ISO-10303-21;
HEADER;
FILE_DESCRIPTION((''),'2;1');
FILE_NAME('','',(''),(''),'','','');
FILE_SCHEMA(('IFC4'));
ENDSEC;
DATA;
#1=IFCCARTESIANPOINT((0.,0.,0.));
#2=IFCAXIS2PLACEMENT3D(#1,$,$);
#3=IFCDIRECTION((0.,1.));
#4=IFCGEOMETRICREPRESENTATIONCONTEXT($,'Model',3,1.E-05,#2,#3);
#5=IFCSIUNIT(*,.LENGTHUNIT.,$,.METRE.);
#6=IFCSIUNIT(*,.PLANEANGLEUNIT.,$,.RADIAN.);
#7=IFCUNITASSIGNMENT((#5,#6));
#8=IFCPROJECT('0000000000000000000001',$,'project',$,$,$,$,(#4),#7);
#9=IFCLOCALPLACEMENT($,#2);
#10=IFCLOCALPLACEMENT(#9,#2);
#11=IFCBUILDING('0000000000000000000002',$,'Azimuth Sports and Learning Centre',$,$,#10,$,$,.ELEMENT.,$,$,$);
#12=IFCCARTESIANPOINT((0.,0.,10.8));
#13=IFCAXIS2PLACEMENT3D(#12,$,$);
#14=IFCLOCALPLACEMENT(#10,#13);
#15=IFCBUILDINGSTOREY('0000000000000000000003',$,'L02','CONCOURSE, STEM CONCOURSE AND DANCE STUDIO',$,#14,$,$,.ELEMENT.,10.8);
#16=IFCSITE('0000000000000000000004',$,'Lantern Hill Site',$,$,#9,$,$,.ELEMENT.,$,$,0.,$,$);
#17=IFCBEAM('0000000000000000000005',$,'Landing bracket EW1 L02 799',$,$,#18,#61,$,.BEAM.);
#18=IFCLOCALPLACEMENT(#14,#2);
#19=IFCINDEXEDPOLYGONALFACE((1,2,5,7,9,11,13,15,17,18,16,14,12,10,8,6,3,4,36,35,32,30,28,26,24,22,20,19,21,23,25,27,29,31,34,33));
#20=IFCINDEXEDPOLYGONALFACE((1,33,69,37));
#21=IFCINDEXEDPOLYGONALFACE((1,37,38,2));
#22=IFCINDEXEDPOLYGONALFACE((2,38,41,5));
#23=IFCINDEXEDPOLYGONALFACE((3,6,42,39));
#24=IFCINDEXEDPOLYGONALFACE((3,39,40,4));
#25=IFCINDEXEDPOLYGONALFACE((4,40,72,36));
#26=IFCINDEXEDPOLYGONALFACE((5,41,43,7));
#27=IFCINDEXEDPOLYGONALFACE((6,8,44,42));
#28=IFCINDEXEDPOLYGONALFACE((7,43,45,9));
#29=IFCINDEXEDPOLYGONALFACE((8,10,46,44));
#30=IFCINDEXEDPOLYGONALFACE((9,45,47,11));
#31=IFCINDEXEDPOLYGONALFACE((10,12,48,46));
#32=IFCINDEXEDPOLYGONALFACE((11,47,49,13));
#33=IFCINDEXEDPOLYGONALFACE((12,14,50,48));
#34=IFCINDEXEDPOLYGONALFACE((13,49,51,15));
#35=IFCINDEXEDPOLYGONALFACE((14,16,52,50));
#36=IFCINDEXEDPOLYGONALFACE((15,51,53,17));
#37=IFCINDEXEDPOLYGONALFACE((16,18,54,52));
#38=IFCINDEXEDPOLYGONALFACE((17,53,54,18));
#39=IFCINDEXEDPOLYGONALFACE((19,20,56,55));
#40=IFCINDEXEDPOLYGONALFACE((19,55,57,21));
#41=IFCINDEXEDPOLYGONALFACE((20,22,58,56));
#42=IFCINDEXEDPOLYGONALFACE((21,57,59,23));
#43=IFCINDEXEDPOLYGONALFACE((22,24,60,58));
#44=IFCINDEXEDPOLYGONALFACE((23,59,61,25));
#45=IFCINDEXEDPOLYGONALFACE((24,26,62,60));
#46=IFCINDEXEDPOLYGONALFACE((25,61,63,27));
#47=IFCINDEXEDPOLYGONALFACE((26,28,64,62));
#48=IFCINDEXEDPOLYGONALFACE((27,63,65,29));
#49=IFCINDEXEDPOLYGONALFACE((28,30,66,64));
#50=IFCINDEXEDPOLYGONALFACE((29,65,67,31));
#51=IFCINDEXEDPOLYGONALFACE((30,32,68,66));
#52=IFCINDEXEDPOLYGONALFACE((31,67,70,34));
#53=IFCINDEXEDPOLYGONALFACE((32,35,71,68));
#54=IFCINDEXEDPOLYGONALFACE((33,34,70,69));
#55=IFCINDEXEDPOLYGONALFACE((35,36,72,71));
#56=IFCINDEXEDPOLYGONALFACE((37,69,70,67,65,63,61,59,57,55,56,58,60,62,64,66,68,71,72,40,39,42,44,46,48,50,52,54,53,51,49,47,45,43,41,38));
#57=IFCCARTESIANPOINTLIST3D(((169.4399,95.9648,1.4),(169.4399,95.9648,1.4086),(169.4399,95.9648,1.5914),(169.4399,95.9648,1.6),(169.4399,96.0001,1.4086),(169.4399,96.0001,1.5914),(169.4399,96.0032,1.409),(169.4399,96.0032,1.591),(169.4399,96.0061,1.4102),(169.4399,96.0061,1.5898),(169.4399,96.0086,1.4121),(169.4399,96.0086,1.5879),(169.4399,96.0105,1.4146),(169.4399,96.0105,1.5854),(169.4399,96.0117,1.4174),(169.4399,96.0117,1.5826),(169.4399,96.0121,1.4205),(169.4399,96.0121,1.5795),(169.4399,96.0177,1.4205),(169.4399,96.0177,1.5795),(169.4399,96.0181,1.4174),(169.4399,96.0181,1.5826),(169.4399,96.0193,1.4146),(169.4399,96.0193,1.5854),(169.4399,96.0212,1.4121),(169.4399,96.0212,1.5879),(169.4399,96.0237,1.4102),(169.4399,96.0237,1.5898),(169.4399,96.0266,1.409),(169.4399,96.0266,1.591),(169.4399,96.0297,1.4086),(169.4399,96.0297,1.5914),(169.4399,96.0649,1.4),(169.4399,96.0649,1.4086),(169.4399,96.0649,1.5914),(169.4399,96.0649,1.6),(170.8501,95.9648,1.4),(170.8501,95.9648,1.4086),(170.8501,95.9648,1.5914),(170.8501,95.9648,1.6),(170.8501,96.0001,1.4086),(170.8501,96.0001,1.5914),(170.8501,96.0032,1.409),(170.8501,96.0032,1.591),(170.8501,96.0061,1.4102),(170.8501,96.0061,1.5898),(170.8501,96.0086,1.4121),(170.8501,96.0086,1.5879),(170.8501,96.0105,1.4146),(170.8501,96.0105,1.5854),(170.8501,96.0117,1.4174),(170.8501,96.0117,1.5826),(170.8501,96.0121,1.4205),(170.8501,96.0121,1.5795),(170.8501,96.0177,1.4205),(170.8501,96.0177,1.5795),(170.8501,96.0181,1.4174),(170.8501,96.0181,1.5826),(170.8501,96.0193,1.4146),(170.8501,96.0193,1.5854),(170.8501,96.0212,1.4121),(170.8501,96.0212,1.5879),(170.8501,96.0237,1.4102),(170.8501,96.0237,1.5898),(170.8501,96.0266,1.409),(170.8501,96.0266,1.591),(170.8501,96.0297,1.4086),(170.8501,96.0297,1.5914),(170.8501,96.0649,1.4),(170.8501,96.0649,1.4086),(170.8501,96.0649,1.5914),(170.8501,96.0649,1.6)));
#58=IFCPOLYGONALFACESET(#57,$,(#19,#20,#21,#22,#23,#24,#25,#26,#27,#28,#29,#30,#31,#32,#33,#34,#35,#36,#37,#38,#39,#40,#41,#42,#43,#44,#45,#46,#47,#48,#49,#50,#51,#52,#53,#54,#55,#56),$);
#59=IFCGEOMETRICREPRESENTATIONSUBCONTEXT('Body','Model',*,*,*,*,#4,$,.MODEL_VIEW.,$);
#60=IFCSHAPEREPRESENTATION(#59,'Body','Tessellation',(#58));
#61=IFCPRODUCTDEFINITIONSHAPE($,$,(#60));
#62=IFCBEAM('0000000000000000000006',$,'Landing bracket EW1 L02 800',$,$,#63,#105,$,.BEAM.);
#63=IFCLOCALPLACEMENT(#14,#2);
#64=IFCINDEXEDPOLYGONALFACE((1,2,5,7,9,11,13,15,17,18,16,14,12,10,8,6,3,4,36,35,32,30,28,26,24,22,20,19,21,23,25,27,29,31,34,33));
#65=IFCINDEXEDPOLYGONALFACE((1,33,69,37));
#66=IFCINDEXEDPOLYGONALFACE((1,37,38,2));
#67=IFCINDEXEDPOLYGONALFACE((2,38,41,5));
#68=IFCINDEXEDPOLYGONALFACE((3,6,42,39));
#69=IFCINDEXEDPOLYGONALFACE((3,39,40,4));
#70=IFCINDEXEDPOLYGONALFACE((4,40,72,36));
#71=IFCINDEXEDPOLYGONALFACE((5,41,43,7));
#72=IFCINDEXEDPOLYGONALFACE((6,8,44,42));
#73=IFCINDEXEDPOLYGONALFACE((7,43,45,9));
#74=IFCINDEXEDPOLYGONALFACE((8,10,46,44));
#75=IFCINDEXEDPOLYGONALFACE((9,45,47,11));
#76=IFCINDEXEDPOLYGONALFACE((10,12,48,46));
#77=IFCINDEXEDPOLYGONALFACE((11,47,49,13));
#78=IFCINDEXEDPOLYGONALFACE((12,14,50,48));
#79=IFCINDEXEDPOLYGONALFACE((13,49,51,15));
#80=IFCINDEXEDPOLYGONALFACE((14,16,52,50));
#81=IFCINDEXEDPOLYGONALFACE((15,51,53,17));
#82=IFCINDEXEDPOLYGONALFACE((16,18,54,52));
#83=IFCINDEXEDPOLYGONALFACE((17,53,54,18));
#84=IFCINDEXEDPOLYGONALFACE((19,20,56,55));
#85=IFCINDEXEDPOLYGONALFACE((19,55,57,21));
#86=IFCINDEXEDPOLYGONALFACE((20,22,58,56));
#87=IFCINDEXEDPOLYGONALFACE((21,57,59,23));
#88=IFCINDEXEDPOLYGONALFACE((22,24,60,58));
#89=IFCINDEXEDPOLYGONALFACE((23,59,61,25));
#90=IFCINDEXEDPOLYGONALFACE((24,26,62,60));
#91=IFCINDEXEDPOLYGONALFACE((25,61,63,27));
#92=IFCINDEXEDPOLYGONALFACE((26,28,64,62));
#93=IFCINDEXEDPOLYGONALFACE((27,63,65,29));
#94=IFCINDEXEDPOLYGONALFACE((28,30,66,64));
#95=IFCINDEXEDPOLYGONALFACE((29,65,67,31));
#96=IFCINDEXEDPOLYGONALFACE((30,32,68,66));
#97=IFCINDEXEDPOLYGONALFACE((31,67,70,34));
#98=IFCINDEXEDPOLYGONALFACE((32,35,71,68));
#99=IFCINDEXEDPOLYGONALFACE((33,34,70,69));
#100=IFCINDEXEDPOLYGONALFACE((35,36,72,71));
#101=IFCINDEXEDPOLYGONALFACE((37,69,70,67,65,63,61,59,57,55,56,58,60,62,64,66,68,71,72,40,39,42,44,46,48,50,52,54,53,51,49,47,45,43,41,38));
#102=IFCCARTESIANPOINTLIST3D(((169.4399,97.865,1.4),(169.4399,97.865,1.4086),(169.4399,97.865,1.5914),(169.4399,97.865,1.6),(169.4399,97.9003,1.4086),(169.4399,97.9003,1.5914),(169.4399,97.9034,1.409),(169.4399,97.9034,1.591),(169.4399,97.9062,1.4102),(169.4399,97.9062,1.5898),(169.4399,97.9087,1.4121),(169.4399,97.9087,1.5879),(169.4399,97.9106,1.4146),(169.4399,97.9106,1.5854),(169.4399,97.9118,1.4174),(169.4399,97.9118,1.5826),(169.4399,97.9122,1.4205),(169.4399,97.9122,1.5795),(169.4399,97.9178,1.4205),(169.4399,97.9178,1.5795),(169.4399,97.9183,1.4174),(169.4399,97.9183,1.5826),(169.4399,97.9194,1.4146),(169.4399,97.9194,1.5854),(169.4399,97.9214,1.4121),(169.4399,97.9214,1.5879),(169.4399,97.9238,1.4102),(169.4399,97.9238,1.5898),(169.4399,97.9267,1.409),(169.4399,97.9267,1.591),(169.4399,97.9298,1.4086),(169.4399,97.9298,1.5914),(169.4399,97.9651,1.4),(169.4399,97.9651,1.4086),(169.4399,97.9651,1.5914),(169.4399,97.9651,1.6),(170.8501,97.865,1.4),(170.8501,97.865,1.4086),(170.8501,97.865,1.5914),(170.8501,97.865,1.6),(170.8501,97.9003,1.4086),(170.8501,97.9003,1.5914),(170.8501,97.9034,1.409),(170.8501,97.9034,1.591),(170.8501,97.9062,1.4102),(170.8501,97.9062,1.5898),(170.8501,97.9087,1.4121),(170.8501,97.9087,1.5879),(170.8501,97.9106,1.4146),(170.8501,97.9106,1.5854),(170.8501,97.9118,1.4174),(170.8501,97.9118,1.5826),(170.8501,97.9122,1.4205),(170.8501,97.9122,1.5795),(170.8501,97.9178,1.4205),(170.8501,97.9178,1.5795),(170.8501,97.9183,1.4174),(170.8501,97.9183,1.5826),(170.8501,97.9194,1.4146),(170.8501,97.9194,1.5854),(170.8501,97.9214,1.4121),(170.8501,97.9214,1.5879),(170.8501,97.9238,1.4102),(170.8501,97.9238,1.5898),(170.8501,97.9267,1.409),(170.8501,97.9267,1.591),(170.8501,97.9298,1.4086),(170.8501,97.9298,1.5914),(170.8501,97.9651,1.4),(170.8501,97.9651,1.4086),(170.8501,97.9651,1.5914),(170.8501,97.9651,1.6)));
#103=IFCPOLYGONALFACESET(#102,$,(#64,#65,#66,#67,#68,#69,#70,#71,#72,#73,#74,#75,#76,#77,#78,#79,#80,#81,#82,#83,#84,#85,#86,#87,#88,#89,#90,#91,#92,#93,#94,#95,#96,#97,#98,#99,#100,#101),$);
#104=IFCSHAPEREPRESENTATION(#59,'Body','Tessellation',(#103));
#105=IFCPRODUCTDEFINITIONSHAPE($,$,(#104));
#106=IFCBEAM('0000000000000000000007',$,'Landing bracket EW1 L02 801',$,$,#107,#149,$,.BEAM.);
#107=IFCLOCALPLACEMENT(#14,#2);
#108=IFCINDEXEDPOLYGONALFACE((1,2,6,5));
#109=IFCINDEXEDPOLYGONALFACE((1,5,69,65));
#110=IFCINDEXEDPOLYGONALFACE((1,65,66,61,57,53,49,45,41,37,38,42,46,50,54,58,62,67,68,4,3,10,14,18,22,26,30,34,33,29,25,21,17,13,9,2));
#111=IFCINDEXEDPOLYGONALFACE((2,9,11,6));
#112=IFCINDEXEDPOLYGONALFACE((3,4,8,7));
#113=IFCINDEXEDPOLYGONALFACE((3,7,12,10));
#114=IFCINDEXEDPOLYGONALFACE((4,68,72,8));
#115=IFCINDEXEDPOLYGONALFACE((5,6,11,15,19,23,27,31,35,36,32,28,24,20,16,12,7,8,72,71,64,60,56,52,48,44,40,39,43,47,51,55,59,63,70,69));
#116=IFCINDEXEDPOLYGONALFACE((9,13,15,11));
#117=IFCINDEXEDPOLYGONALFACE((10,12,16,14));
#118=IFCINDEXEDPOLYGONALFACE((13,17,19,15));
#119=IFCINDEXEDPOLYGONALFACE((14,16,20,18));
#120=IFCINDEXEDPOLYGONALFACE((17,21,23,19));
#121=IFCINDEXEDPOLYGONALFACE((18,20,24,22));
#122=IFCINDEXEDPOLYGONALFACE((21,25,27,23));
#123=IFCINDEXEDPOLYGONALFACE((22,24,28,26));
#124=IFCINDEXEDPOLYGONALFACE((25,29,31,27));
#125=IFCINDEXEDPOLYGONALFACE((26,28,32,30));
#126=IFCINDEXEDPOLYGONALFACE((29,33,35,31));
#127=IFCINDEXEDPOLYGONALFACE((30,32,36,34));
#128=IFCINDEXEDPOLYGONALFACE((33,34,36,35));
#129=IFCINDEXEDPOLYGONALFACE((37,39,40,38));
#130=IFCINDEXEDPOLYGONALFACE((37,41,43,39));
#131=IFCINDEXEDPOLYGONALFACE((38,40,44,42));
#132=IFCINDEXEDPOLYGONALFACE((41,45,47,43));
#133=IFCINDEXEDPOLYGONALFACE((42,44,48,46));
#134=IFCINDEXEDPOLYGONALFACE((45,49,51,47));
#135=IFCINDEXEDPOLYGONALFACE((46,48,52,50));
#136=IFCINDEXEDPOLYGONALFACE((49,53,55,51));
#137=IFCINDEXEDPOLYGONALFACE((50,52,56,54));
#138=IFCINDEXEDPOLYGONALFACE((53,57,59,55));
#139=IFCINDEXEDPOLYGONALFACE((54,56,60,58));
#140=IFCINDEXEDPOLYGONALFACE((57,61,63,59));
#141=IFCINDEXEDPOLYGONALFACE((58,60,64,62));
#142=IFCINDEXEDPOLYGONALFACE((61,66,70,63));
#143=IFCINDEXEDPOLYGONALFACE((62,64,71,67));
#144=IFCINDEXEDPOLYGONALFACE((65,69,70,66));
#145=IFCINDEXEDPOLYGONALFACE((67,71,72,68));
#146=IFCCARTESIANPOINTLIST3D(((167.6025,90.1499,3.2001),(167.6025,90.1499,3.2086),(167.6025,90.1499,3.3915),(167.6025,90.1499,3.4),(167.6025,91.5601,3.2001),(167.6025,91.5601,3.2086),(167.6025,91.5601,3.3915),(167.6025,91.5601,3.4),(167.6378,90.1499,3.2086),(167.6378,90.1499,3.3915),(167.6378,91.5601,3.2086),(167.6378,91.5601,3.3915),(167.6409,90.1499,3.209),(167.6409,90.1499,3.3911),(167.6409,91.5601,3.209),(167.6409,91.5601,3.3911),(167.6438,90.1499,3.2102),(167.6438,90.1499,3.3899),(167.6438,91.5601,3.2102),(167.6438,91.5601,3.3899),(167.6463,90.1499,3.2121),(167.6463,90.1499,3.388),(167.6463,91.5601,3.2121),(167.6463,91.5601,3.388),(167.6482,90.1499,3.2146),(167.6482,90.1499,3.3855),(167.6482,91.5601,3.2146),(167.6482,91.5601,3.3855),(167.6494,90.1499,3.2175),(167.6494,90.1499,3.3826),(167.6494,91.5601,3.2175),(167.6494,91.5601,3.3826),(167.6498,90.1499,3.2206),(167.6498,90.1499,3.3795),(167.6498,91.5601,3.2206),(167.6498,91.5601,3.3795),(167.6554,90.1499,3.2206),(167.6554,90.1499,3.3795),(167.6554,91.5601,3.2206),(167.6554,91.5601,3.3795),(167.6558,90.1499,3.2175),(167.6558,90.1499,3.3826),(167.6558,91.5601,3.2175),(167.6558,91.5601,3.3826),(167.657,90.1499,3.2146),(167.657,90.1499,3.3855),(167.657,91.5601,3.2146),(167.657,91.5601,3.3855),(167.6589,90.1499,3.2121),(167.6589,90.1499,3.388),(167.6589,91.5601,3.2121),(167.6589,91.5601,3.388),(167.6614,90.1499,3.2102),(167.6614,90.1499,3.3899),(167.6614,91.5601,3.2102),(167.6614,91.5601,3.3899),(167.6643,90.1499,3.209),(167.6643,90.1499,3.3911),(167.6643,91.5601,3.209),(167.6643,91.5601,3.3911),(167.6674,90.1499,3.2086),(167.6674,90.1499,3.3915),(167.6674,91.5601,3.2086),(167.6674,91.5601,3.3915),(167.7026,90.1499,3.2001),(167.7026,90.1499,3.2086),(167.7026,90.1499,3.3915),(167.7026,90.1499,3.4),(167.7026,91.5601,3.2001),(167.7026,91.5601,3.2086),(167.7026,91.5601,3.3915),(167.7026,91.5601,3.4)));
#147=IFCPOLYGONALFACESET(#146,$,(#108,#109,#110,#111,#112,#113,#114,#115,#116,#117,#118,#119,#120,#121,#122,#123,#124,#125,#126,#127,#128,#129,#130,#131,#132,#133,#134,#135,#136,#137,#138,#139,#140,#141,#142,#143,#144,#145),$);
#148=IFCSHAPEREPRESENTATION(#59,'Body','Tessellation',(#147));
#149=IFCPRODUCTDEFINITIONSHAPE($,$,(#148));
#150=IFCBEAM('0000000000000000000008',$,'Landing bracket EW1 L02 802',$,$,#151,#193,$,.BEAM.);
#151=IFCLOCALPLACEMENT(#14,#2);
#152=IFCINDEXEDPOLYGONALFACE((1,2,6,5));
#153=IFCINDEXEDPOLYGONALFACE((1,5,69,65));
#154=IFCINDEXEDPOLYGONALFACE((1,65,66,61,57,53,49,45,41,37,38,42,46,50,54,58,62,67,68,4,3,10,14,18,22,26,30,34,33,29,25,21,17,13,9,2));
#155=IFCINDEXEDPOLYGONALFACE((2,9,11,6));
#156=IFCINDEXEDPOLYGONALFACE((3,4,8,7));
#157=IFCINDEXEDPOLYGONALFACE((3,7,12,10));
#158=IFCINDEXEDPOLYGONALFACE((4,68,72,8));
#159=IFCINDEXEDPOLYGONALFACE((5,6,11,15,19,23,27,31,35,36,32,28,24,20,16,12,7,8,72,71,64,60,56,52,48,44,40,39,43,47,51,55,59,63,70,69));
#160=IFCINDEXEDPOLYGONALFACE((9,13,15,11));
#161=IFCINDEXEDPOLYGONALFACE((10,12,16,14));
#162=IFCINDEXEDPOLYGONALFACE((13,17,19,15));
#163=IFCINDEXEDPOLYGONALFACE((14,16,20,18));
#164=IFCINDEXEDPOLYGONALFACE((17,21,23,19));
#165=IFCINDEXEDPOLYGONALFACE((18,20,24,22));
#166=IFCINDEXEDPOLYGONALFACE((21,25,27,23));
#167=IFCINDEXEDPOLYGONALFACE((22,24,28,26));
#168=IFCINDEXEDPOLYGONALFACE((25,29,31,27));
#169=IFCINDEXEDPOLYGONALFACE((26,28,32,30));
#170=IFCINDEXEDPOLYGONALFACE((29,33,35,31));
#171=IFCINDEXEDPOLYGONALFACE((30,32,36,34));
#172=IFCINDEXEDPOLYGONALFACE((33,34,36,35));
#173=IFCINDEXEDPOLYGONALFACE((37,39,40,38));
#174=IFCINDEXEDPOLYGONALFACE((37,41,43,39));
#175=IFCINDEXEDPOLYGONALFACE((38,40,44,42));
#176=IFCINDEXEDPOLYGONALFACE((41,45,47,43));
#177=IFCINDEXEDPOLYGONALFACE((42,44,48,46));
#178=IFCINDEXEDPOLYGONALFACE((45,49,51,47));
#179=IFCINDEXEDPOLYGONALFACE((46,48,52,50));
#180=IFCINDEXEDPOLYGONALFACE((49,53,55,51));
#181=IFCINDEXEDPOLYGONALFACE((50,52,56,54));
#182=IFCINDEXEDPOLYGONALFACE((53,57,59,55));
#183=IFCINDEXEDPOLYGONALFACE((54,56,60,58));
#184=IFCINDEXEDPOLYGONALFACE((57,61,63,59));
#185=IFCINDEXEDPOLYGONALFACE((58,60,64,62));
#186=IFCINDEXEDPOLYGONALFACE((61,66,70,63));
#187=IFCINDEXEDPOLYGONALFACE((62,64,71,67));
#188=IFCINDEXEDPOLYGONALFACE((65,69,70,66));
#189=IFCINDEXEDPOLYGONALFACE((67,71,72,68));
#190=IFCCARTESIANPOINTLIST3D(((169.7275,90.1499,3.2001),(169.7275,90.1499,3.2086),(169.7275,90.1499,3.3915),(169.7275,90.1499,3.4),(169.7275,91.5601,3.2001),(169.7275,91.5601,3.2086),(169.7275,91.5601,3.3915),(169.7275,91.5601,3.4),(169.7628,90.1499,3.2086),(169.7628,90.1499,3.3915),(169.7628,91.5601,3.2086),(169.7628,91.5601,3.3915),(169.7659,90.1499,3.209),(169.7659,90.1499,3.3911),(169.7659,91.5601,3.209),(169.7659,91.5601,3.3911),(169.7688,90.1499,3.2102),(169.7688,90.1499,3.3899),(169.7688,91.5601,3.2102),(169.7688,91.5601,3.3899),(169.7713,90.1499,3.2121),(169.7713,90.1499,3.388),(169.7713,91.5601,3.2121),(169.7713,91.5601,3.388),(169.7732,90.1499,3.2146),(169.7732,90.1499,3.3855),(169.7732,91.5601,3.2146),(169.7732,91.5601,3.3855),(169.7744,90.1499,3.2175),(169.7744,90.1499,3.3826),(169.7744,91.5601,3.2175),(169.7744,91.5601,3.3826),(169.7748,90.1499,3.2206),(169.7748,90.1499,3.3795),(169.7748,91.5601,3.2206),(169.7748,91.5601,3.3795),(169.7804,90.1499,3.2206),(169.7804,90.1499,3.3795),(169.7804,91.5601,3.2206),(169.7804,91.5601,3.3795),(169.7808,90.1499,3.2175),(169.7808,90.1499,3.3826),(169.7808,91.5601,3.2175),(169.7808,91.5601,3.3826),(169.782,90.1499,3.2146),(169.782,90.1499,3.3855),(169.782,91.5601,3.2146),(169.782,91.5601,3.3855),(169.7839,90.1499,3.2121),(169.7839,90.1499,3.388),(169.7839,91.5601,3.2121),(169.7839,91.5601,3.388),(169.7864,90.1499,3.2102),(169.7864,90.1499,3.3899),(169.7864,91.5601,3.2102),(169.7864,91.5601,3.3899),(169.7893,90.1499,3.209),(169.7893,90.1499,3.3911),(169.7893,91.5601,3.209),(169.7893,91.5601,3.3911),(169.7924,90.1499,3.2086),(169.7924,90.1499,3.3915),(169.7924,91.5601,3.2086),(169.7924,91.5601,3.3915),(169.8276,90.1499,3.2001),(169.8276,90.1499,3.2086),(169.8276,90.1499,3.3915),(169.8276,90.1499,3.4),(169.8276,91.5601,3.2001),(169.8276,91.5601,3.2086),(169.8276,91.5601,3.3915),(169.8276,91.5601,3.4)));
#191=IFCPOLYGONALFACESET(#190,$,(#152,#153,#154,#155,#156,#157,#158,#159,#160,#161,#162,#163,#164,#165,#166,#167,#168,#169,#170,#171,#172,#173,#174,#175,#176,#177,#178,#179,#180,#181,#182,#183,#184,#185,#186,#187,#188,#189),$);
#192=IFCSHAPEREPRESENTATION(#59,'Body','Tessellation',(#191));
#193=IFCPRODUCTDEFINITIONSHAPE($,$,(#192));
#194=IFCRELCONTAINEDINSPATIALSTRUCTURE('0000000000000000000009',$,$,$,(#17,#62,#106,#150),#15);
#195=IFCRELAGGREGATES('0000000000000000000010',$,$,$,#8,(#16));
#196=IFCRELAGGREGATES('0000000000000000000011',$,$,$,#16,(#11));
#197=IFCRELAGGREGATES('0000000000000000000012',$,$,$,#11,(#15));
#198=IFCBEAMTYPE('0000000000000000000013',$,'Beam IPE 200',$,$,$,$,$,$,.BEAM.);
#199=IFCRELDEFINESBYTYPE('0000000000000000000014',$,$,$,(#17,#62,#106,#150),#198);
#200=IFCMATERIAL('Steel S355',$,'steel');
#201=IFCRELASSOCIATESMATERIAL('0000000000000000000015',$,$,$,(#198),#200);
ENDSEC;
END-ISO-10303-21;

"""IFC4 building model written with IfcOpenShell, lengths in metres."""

from ifc_helpers import new_model, si_unit, direction, frame, origin, origin_2d, place, context, subcontext, project, spatial, i_section, extrude, material, material_profile, profile_set, type_object, element, save


model = new_model("IFC4")

# Units and contexts
model_context = context("Model", 3, precision=1e-05, world=origin(), true_north=direction((0.0, 1.0)))
body_context = subcontext(model_context, "Body", "Model", "MODEL_VIEW")
ifc_project = project(units=[si_unit("LENGTHUNIT", "METRE"), si_unit("PLANEANGLEUNIT", "RADIAN")], contexts=[model_context])

# Site, building, storey
site_placement = place(None, origin())
site = spatial("IfcSite", under=ifc_project, at=site_placement, Name="Lantern Hill Site", CompositionType="ELEMENT", RefElevation=0.0)
building_placement = place(site_placement, origin())
building = spatial("IfcBuilding", under=site, at=building_placement, Name="Azimuth Sports and Learning Centre", CompositionType="ELEMENT")
storey_placement = place(building_placement, frame((0.0, 0.0, 10.8)))
storey = spatial("IfcBuildingStorey", under=building, at=storey_placement, Name="L02", Description="CONCOURSE, STEM CONCOURSE AND DANCE STUDIO", CompositionType="ELEMENT", Elevation=10.8)

# Beams
ifc_material_1 = material(Name="Steel S355", Category="steel")
ifc_material_profile_1 = material_profile(ifc_material_1, i_section(OverallWidth=0.1001, OverallDepth=0.2, WebThickness=0.0056, FlangeThickness=0.0085, FilletRadius=0.012, at=origin_2d()), Name="IPE 200")
ifc_profile_set_1 = profile_set([ifc_material_profile_1], Name="Steel S355")
beam_type_1 = type_object("IfcBeamType", Name="Beam IPE 200", PredefinedType="BEAM", material=ifc_profile_set_1)
for number, where, z_axis, x_axis, name in (
    (1, (170.8501, 96.0149, 1.5), (-1.0, 0.0, 0.0), (0.0, -1.0, 0.0), "Landing bracket EW1 L02 799"),
    (2, (170.8501, 97.915, 1.5), (-1.0, 0.0, 0.0), (0.0, -1.0, 0.0), "Landing bracket EW1 L02 800"),
    (3, (167.6526, 90.1499, 3.3), (0.0, 1.0, 0.0), (-1.0, 0.0, 0.0), "Landing bracket EW1 L02 801"),
    (4, (169.7776, 90.1499, 3.3), (0.0, 1.0, 0.0), (-1.0, 0.0, 0.0), "Landing bracket EW1 L02 802"),
):
    element("IfcBeam", number, at=place(storey_placement, frame(where, z_axis=z_axis, x_axis=x_axis)), inside=storey, type_object=beam_type_1, Name=name, PredefinedType="BEAM", context=body_context, shape_type="SweptSolid", body=[
        extrude(i_section(OverallWidth=0.1001, OverallDepth=0.2, WebThickness=0.0056, FlangeThickness=0.0085, FilletRadius=0.012, at=origin_2d()), origin(), (0.0, 0.0, 1.0), 1.4102),
    ])

save(model, "model.ifc")
